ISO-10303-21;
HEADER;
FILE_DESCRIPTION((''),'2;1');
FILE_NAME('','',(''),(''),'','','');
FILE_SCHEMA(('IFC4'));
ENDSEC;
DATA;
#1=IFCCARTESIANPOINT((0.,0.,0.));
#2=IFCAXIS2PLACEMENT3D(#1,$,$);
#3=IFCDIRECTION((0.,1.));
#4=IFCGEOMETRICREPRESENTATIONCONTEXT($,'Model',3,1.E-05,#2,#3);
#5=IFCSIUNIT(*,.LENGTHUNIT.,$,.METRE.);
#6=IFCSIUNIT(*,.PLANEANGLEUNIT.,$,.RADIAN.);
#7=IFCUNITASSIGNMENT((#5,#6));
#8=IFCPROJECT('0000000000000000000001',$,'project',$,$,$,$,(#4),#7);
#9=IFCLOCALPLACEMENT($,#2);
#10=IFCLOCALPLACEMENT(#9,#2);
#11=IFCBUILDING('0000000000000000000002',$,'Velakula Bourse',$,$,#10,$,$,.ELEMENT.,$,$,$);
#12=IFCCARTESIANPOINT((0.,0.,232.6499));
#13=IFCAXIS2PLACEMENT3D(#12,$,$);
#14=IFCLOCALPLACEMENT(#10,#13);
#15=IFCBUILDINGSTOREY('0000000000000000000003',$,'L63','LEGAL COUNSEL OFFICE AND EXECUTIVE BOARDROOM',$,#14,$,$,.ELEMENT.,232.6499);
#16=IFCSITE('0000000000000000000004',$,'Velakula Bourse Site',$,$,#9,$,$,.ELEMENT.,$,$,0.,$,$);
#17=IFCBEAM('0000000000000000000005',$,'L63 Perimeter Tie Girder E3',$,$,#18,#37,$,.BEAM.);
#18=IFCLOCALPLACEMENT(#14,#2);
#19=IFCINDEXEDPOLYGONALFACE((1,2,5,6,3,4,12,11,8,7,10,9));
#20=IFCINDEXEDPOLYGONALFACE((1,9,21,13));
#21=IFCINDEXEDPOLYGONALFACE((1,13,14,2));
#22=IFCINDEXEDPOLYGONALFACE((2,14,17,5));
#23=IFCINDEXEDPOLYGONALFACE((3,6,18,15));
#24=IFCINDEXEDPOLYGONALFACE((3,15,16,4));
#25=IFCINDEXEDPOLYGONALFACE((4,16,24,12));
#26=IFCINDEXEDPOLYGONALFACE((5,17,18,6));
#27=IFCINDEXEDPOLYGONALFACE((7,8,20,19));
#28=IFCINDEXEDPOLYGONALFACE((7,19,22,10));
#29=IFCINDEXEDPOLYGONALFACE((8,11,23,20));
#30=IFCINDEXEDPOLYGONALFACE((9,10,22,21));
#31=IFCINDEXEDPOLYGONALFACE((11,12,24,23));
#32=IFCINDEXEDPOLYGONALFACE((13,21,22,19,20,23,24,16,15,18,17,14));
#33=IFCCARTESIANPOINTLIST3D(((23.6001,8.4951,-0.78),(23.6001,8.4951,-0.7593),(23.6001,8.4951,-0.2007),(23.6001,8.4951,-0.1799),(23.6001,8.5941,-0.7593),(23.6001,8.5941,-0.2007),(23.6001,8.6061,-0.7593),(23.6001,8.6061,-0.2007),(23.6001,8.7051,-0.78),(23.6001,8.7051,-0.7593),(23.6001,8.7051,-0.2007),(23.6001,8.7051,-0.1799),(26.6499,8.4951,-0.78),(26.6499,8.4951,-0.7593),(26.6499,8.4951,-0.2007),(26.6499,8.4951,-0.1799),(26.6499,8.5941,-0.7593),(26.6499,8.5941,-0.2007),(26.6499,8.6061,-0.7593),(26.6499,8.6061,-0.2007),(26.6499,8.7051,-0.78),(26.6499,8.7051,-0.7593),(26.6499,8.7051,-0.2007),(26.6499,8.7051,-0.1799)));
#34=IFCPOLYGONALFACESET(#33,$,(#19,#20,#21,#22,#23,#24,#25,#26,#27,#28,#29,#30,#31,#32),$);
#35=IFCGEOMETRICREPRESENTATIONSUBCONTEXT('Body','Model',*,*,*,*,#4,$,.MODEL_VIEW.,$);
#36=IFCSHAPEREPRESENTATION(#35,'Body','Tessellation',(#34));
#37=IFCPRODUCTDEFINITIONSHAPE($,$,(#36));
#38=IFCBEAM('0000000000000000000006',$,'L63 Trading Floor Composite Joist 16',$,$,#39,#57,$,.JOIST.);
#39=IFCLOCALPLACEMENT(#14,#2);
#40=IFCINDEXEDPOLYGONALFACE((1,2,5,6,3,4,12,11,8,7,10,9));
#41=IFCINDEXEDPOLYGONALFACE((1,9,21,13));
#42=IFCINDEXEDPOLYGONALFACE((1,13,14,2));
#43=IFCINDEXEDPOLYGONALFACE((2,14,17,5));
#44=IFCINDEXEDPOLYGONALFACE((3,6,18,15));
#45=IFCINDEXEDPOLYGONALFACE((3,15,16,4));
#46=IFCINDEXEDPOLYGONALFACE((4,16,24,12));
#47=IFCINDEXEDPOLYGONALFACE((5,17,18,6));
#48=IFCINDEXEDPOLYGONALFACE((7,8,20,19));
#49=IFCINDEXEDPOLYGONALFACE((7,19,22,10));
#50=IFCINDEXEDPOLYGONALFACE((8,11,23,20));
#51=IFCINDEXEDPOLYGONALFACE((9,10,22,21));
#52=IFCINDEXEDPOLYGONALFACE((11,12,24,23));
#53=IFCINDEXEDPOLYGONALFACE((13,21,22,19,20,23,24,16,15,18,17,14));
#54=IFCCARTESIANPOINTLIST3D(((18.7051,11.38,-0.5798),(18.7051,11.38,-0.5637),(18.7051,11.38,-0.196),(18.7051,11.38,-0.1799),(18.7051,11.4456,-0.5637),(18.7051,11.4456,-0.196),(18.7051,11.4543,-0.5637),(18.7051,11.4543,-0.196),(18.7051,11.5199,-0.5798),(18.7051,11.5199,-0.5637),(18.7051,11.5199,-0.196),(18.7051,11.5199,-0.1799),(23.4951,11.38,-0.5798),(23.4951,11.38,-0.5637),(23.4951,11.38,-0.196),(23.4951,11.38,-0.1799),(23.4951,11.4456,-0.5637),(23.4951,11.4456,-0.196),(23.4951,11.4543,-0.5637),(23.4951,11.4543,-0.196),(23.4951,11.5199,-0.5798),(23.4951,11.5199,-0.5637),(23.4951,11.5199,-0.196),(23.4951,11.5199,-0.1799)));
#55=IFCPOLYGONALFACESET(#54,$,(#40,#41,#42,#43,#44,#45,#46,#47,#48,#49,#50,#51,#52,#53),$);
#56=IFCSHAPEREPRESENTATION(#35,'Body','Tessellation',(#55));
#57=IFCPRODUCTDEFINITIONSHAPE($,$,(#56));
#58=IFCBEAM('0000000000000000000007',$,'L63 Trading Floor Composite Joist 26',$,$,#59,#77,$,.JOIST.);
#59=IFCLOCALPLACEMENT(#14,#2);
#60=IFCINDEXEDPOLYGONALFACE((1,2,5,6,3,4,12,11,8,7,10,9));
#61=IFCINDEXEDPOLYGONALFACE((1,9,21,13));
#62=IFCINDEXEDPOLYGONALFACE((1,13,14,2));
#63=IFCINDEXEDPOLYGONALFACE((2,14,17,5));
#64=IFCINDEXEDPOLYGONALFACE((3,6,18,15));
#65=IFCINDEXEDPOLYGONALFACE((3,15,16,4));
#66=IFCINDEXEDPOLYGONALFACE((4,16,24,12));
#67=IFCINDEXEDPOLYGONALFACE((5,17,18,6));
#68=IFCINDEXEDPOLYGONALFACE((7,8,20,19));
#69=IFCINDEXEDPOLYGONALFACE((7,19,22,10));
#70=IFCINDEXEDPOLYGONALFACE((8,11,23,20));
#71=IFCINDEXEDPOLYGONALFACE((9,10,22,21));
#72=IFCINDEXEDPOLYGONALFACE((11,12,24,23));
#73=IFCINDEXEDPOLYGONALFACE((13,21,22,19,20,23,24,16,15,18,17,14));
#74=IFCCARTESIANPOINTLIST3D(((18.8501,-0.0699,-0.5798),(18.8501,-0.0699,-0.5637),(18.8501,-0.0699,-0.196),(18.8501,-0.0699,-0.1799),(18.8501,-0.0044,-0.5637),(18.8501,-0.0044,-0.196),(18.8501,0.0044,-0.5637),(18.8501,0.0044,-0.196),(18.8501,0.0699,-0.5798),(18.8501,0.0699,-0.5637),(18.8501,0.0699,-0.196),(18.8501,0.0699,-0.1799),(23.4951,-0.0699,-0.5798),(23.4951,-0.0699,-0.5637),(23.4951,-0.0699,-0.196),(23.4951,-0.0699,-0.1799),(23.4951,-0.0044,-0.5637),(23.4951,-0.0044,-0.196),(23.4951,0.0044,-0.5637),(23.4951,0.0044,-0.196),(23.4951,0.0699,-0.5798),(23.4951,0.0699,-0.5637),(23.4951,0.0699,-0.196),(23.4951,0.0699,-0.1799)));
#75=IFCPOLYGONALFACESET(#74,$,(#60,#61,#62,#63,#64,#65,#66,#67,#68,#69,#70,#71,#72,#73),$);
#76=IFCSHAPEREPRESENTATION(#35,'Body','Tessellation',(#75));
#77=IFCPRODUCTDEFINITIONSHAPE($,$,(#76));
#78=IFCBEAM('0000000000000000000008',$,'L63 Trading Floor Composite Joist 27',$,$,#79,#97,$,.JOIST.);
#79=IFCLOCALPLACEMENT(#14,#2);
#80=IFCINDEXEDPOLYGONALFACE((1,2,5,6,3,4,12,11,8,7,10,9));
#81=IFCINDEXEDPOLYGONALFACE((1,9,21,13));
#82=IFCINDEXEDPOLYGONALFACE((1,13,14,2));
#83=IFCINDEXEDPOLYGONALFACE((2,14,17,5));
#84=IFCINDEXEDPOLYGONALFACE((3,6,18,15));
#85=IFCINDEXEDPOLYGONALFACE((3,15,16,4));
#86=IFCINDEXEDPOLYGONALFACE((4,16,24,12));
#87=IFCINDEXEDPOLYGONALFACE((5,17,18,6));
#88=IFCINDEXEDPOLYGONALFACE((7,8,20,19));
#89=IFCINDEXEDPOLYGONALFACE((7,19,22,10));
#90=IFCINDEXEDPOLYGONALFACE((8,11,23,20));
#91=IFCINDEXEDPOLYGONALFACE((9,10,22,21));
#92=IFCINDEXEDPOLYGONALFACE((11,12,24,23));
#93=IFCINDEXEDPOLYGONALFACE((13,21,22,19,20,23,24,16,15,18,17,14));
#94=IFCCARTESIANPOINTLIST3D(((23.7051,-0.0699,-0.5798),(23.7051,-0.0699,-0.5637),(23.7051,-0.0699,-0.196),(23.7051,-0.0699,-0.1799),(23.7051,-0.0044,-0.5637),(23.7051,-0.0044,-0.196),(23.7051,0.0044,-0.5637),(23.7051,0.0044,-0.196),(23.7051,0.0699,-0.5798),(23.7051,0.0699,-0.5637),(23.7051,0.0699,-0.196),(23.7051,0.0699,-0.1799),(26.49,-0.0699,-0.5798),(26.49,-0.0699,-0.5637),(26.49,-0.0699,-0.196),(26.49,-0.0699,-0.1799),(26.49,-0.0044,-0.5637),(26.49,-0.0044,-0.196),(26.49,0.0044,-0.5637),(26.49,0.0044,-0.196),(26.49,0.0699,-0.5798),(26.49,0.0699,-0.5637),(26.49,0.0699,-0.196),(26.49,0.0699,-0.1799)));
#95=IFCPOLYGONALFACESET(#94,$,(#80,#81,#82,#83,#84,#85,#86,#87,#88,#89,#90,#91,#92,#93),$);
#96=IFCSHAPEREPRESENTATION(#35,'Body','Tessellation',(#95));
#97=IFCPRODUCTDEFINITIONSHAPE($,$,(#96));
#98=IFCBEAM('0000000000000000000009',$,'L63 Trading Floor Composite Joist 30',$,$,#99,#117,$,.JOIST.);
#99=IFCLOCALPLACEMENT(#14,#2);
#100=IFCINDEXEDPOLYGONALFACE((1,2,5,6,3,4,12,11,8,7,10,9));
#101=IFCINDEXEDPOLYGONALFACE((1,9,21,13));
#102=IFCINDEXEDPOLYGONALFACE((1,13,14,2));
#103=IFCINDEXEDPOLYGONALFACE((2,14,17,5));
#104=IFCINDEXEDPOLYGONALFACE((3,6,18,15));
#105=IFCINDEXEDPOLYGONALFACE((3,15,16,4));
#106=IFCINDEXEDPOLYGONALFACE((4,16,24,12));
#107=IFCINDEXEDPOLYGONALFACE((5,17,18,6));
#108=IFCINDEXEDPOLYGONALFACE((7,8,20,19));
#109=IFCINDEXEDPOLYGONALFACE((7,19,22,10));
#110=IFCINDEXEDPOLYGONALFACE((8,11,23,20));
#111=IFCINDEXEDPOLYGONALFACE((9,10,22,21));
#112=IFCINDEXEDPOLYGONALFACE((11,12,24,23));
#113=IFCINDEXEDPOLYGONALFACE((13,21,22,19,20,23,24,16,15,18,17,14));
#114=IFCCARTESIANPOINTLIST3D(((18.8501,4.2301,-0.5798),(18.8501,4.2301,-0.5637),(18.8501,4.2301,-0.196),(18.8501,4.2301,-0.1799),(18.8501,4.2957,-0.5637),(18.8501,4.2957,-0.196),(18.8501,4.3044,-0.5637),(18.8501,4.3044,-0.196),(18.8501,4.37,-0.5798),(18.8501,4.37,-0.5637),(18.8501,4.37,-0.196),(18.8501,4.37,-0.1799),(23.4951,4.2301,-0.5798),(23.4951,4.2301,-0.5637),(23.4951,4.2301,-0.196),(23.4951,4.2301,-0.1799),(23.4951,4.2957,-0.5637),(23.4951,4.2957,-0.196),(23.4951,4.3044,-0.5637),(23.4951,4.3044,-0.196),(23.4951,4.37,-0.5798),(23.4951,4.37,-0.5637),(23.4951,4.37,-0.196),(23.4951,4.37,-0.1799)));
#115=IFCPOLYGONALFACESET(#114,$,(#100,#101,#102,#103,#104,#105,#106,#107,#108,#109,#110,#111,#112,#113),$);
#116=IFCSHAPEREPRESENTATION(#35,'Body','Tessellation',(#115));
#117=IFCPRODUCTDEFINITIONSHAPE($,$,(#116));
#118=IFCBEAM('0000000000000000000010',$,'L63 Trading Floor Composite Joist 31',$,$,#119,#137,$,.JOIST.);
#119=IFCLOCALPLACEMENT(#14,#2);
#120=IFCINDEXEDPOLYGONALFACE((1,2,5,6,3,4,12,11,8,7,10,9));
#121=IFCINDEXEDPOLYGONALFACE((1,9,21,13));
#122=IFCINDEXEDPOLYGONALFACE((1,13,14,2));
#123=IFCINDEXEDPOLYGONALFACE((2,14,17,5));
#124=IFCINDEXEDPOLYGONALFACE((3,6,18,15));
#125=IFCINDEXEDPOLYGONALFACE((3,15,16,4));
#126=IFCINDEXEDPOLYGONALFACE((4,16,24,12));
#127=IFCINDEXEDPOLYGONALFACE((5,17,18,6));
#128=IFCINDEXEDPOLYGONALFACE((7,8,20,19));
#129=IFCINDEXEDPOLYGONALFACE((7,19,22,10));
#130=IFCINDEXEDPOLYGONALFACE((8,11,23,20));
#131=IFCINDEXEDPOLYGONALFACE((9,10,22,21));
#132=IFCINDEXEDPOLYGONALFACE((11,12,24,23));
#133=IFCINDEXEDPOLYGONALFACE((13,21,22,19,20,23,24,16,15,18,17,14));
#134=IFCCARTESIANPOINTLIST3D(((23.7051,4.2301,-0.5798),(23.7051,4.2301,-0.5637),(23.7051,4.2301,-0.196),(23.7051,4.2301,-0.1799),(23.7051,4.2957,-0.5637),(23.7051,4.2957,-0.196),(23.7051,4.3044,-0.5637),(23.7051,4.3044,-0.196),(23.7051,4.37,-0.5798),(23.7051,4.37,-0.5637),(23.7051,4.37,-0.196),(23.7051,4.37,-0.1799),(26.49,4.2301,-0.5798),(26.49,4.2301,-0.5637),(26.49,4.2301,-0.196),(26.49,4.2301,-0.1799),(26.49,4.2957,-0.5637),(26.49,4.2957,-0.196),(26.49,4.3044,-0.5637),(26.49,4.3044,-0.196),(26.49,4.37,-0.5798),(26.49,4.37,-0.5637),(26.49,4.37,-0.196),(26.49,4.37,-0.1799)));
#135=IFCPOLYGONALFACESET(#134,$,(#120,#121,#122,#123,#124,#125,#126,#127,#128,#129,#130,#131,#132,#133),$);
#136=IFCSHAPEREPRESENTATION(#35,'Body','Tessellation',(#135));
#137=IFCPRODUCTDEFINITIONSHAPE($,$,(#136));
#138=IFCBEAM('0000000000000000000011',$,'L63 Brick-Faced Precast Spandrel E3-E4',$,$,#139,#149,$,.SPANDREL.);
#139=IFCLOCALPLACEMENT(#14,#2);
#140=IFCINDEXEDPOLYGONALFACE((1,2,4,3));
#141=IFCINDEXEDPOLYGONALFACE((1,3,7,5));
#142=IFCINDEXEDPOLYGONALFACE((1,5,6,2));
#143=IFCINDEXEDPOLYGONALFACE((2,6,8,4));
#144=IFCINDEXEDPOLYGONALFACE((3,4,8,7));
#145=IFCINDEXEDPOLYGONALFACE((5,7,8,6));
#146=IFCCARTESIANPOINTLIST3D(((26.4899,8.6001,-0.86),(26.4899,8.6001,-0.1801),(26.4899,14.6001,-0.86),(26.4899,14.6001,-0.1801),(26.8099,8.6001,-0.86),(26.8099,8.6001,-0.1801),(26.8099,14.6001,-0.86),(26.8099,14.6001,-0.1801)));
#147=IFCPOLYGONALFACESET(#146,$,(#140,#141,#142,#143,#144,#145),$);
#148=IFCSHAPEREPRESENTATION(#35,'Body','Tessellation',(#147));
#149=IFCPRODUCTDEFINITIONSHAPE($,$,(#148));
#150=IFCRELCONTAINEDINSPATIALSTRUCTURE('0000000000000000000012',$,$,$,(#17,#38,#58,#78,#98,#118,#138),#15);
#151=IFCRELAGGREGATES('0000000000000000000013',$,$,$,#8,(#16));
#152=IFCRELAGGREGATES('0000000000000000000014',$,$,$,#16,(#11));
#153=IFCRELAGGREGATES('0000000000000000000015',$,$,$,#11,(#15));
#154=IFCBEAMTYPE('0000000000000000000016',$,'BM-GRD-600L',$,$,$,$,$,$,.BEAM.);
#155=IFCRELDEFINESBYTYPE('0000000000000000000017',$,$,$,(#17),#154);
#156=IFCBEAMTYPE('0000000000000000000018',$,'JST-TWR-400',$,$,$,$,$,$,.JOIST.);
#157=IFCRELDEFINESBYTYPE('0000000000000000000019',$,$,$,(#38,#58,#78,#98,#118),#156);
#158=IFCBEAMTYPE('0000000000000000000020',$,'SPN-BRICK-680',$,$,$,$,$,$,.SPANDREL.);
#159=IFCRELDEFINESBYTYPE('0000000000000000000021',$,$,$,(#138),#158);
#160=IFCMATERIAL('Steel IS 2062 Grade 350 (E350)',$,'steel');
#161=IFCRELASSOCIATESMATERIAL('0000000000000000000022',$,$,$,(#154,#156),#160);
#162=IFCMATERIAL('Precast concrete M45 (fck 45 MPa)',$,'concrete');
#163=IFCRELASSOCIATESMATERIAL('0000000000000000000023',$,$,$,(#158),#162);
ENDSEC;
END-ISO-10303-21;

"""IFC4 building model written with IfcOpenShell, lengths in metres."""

from ifc_helpers import new_model, si_unit, direction, frame, origin, origin_2d, place, context, subcontext, project, spatial, rectangle, i_section, extrude, material, material_profile, profile_set, type_object, element, save


model = new_model("IFC4")

# Units and contexts
model_context = context("Model", 3, precision=1e-05, world=origin(), true_north=direction((0.0, 1.0)))
body_context = subcontext(model_context, "Body", "Model", "MODEL_VIEW")
ifc_project = project(units=[si_unit("LENGTHUNIT", "METRE"), si_unit("PLANEANGLEUNIT", "RADIAN")], contexts=[model_context])

# Site, building, storey
site_placement = place(None, origin())
site = spatial("IfcSite", under=ifc_project, at=site_placement, Name="Velakula Bourse Site", CompositionType="ELEMENT", RefElevation=0.0)
building_placement = place(site_placement, origin())
building = spatial("IfcBuilding", under=site, at=building_placement, Name="Velakula Bourse", CompositionType="ELEMENT")
storey_placement = place(building_placement, frame((0.0, 0.0, 232.6499)))
storey = spatial("IfcBuildingStorey", under=building, at=storey_placement, Name="L63", Description="LEGAL COUNSEL OFFICE AND EXECUTIVE BOARDROOM", CompositionType="ELEMENT", Elevation=232.6499)

# Shared definitions
ifc_material_1 = material(Name="Steel IS 2062 Grade 350 (E350)", Category="steel")

# Beams
ifc_material_profile_1 = material_profile(ifc_material_1, i_section(OverallWidth=0.21, OverallDepth=0.6001, WebThickness=0.012, FlangeThickness=0.0208, at=origin_2d()), Name="Steel IS 2062 Grade 350 (E350)")
ifc_profile_set_1 = profile_set([ifc_material_profile_1], Name="Steel IS 2062 Grade 350 (E350)")
beam_type_1 = type_object("IfcBeamType", Name="BM-GRD-600L", PredefinedType="BEAM", material=ifc_profile_set_1)
beam_1_placement = place(storey_placement, frame((23.6001, 8.6001, -0.48), z_axis=(1.0, 0.0, 0.0), x_axis=(0.0, 1.0, 0.0)))
element("IfcBeam", 1, at=beam_1_placement, inside=storey, type_object=beam_type_1, Name="L63 Perimeter Tie Girder E3", PredefinedType="BEAM", context=body_context, shape_type="SweptSolid", body=[
    extrude(i_section(OverallWidth=0.21, OverallDepth=0.6001, WebThickness=0.012, FlangeThickness=0.0208, at=origin_2d()), origin(), (0.0, 0.0, 1.0), 3.0498),
])
ifc_material_profile_2 = material_profile(ifc_material_1, i_section(OverallWidth=0.1399, OverallDepth=0.3999, WebThickness=0.0088, FlangeThickness=0.0161, at=origin_2d()), Name="Steel IS 2062 Grade 350 (E350)")
ifc_profile_set_2 = profile_set([ifc_material_profile_2], Name="Steel IS 2062 Grade 350 (E350)")
beam_type_2 = type_object("IfcBeamType", Name="JST-TWR-400", PredefinedType="JOIST", material=ifc_profile_set_2)
beam_2_placement = place(storey_placement, frame((18.7051, 11.45, -0.3799), z_axis=(1.0, 0.0, 0.0), x_axis=(0.0, 1.0, 0.0)))
element("IfcBeam", 2, at=beam_2_placement, inside=storey, type_object=beam_type_2, Name="L63 Trading Floor Composite Joist 16", PredefinedType="JOIST", context=body_context, shape_type="SweptSolid", body=[
    extrude(i_section(OverallWidth=0.1399, OverallDepth=0.3999, WebThickness=0.0088, FlangeThickness=0.0161, at=origin_2d()), origin(), (0.0, 0.0, 1.0), 4.79),
])
beam_3_placement = place(storey_placement, frame((18.8501, 0.0, -0.3799), z_axis=(1.0, 0.0, 0.0), x_axis=(0.0, 1.0, 0.0)))
element("IfcBeam", 3, at=beam_3_placement, inside=storey, type_object=beam_type_2, Name="L63 Trading Floor Composite Joist 26", PredefinedType="JOIST", context=body_context, shape_type="SweptSolid", body=[
    extrude(i_section(OverallWidth=0.1399, OverallDepth=0.3999, WebThickness=0.0088, FlangeThickness=0.0161, at=origin_2d()), origin(), (0.0, 0.0, 1.0), 4.645),
])
beam_4_placement = place(storey_placement, frame((23.7051, 0.0, -0.3799), z_axis=(1.0, 0.0, 0.0), x_axis=(0.0, 1.0, 0.0)))
element("IfcBeam", 4, at=beam_4_placement, inside=storey, type_object=beam_type_2, Name="L63 Trading Floor Composite Joist 27", PredefinedType="JOIST", context=body_context, shape_type="SweptSolid", body=[
    extrude(i_section(OverallWidth=0.1399, OverallDepth=0.3999, WebThickness=0.0088, FlangeThickness=0.0161, at=origin_2d()), origin(), (0.0, 0.0, 1.0), 2.7849),
])
beam_5_placement = place(storey_placement, frame((18.8501, 4.3, -0.3799), z_axis=(1.0, 0.0, 0.0), x_axis=(0.0, 1.0, 0.0)))
element("IfcBeam", 5, at=beam_5_placement, inside=storey, type_object=beam_type_2, Name="L63 Trading Floor Composite Joist 30", PredefinedType="JOIST", context=body_context, shape_type="SweptSolid", body=[
    extrude(i_section(OverallWidth=0.1399, OverallDepth=0.3999, WebThickness=0.0088, FlangeThickness=0.0161, at=origin_2d()), origin(), (0.0, 0.0, 1.0), 4.645),
])
beam_6_placement = place(storey_placement, frame((23.7051, 4.3, -0.3799), z_axis=(1.0, 0.0, 0.0), x_axis=(0.0, 1.0, 0.0)))
element("IfcBeam", 6, at=beam_6_placement, inside=storey, type_object=beam_type_2, Name="L63 Trading Floor Composite Joist 31", PredefinedType="JOIST", context=body_context, shape_type="SweptSolid", body=[
    extrude(i_section(OverallWidth=0.1399, OverallDepth=0.3999, WebThickness=0.0088, FlangeThickness=0.0161, at=origin_2d()), origin(), (0.0, 0.0, 1.0), 2.7849),
])
ifc_material_2 = material(Name="Precast concrete M45 (fck 45 MPa)", Category="concrete")
ifc_material_profile_3 = material_profile(ifc_material_2, rectangle(XDim=0.3201, YDim=0.6799, at=origin_2d()), Name="Precast concrete M45 (fck 45 MPa)")
ifc_profile_set_3 = profile_set([ifc_material_profile_3], Name="Precast concrete M45 (fck 45 MPa)")
beam_type_3 = type_object("IfcBeamType", Name="SPN-BRICK-680", PredefinedType="SPANDREL", material=ifc_profile_set_3)
beam_7_placement = place(storey_placement, frame((26.6499, 8.6001, -0.52), z_axis=(0.0, 1.0, 0.0), x_axis=(-1.0, 0.0, 0.0)))
element("IfcBeam", 7, at=beam_7_placement, inside=storey, type_object=beam_type_3, Name="L63 Brick-Faced Precast Spandrel E3-E4", PredefinedType="SPANDREL", context=body_context, shape_type="SweptSolid", body=[
    extrude(rectangle(XDim=0.3201, YDim=0.6799, at=origin_2d()), origin(), (0.0, 0.0, 1.0), 6.0),
])

save(model, "model.ifc")
